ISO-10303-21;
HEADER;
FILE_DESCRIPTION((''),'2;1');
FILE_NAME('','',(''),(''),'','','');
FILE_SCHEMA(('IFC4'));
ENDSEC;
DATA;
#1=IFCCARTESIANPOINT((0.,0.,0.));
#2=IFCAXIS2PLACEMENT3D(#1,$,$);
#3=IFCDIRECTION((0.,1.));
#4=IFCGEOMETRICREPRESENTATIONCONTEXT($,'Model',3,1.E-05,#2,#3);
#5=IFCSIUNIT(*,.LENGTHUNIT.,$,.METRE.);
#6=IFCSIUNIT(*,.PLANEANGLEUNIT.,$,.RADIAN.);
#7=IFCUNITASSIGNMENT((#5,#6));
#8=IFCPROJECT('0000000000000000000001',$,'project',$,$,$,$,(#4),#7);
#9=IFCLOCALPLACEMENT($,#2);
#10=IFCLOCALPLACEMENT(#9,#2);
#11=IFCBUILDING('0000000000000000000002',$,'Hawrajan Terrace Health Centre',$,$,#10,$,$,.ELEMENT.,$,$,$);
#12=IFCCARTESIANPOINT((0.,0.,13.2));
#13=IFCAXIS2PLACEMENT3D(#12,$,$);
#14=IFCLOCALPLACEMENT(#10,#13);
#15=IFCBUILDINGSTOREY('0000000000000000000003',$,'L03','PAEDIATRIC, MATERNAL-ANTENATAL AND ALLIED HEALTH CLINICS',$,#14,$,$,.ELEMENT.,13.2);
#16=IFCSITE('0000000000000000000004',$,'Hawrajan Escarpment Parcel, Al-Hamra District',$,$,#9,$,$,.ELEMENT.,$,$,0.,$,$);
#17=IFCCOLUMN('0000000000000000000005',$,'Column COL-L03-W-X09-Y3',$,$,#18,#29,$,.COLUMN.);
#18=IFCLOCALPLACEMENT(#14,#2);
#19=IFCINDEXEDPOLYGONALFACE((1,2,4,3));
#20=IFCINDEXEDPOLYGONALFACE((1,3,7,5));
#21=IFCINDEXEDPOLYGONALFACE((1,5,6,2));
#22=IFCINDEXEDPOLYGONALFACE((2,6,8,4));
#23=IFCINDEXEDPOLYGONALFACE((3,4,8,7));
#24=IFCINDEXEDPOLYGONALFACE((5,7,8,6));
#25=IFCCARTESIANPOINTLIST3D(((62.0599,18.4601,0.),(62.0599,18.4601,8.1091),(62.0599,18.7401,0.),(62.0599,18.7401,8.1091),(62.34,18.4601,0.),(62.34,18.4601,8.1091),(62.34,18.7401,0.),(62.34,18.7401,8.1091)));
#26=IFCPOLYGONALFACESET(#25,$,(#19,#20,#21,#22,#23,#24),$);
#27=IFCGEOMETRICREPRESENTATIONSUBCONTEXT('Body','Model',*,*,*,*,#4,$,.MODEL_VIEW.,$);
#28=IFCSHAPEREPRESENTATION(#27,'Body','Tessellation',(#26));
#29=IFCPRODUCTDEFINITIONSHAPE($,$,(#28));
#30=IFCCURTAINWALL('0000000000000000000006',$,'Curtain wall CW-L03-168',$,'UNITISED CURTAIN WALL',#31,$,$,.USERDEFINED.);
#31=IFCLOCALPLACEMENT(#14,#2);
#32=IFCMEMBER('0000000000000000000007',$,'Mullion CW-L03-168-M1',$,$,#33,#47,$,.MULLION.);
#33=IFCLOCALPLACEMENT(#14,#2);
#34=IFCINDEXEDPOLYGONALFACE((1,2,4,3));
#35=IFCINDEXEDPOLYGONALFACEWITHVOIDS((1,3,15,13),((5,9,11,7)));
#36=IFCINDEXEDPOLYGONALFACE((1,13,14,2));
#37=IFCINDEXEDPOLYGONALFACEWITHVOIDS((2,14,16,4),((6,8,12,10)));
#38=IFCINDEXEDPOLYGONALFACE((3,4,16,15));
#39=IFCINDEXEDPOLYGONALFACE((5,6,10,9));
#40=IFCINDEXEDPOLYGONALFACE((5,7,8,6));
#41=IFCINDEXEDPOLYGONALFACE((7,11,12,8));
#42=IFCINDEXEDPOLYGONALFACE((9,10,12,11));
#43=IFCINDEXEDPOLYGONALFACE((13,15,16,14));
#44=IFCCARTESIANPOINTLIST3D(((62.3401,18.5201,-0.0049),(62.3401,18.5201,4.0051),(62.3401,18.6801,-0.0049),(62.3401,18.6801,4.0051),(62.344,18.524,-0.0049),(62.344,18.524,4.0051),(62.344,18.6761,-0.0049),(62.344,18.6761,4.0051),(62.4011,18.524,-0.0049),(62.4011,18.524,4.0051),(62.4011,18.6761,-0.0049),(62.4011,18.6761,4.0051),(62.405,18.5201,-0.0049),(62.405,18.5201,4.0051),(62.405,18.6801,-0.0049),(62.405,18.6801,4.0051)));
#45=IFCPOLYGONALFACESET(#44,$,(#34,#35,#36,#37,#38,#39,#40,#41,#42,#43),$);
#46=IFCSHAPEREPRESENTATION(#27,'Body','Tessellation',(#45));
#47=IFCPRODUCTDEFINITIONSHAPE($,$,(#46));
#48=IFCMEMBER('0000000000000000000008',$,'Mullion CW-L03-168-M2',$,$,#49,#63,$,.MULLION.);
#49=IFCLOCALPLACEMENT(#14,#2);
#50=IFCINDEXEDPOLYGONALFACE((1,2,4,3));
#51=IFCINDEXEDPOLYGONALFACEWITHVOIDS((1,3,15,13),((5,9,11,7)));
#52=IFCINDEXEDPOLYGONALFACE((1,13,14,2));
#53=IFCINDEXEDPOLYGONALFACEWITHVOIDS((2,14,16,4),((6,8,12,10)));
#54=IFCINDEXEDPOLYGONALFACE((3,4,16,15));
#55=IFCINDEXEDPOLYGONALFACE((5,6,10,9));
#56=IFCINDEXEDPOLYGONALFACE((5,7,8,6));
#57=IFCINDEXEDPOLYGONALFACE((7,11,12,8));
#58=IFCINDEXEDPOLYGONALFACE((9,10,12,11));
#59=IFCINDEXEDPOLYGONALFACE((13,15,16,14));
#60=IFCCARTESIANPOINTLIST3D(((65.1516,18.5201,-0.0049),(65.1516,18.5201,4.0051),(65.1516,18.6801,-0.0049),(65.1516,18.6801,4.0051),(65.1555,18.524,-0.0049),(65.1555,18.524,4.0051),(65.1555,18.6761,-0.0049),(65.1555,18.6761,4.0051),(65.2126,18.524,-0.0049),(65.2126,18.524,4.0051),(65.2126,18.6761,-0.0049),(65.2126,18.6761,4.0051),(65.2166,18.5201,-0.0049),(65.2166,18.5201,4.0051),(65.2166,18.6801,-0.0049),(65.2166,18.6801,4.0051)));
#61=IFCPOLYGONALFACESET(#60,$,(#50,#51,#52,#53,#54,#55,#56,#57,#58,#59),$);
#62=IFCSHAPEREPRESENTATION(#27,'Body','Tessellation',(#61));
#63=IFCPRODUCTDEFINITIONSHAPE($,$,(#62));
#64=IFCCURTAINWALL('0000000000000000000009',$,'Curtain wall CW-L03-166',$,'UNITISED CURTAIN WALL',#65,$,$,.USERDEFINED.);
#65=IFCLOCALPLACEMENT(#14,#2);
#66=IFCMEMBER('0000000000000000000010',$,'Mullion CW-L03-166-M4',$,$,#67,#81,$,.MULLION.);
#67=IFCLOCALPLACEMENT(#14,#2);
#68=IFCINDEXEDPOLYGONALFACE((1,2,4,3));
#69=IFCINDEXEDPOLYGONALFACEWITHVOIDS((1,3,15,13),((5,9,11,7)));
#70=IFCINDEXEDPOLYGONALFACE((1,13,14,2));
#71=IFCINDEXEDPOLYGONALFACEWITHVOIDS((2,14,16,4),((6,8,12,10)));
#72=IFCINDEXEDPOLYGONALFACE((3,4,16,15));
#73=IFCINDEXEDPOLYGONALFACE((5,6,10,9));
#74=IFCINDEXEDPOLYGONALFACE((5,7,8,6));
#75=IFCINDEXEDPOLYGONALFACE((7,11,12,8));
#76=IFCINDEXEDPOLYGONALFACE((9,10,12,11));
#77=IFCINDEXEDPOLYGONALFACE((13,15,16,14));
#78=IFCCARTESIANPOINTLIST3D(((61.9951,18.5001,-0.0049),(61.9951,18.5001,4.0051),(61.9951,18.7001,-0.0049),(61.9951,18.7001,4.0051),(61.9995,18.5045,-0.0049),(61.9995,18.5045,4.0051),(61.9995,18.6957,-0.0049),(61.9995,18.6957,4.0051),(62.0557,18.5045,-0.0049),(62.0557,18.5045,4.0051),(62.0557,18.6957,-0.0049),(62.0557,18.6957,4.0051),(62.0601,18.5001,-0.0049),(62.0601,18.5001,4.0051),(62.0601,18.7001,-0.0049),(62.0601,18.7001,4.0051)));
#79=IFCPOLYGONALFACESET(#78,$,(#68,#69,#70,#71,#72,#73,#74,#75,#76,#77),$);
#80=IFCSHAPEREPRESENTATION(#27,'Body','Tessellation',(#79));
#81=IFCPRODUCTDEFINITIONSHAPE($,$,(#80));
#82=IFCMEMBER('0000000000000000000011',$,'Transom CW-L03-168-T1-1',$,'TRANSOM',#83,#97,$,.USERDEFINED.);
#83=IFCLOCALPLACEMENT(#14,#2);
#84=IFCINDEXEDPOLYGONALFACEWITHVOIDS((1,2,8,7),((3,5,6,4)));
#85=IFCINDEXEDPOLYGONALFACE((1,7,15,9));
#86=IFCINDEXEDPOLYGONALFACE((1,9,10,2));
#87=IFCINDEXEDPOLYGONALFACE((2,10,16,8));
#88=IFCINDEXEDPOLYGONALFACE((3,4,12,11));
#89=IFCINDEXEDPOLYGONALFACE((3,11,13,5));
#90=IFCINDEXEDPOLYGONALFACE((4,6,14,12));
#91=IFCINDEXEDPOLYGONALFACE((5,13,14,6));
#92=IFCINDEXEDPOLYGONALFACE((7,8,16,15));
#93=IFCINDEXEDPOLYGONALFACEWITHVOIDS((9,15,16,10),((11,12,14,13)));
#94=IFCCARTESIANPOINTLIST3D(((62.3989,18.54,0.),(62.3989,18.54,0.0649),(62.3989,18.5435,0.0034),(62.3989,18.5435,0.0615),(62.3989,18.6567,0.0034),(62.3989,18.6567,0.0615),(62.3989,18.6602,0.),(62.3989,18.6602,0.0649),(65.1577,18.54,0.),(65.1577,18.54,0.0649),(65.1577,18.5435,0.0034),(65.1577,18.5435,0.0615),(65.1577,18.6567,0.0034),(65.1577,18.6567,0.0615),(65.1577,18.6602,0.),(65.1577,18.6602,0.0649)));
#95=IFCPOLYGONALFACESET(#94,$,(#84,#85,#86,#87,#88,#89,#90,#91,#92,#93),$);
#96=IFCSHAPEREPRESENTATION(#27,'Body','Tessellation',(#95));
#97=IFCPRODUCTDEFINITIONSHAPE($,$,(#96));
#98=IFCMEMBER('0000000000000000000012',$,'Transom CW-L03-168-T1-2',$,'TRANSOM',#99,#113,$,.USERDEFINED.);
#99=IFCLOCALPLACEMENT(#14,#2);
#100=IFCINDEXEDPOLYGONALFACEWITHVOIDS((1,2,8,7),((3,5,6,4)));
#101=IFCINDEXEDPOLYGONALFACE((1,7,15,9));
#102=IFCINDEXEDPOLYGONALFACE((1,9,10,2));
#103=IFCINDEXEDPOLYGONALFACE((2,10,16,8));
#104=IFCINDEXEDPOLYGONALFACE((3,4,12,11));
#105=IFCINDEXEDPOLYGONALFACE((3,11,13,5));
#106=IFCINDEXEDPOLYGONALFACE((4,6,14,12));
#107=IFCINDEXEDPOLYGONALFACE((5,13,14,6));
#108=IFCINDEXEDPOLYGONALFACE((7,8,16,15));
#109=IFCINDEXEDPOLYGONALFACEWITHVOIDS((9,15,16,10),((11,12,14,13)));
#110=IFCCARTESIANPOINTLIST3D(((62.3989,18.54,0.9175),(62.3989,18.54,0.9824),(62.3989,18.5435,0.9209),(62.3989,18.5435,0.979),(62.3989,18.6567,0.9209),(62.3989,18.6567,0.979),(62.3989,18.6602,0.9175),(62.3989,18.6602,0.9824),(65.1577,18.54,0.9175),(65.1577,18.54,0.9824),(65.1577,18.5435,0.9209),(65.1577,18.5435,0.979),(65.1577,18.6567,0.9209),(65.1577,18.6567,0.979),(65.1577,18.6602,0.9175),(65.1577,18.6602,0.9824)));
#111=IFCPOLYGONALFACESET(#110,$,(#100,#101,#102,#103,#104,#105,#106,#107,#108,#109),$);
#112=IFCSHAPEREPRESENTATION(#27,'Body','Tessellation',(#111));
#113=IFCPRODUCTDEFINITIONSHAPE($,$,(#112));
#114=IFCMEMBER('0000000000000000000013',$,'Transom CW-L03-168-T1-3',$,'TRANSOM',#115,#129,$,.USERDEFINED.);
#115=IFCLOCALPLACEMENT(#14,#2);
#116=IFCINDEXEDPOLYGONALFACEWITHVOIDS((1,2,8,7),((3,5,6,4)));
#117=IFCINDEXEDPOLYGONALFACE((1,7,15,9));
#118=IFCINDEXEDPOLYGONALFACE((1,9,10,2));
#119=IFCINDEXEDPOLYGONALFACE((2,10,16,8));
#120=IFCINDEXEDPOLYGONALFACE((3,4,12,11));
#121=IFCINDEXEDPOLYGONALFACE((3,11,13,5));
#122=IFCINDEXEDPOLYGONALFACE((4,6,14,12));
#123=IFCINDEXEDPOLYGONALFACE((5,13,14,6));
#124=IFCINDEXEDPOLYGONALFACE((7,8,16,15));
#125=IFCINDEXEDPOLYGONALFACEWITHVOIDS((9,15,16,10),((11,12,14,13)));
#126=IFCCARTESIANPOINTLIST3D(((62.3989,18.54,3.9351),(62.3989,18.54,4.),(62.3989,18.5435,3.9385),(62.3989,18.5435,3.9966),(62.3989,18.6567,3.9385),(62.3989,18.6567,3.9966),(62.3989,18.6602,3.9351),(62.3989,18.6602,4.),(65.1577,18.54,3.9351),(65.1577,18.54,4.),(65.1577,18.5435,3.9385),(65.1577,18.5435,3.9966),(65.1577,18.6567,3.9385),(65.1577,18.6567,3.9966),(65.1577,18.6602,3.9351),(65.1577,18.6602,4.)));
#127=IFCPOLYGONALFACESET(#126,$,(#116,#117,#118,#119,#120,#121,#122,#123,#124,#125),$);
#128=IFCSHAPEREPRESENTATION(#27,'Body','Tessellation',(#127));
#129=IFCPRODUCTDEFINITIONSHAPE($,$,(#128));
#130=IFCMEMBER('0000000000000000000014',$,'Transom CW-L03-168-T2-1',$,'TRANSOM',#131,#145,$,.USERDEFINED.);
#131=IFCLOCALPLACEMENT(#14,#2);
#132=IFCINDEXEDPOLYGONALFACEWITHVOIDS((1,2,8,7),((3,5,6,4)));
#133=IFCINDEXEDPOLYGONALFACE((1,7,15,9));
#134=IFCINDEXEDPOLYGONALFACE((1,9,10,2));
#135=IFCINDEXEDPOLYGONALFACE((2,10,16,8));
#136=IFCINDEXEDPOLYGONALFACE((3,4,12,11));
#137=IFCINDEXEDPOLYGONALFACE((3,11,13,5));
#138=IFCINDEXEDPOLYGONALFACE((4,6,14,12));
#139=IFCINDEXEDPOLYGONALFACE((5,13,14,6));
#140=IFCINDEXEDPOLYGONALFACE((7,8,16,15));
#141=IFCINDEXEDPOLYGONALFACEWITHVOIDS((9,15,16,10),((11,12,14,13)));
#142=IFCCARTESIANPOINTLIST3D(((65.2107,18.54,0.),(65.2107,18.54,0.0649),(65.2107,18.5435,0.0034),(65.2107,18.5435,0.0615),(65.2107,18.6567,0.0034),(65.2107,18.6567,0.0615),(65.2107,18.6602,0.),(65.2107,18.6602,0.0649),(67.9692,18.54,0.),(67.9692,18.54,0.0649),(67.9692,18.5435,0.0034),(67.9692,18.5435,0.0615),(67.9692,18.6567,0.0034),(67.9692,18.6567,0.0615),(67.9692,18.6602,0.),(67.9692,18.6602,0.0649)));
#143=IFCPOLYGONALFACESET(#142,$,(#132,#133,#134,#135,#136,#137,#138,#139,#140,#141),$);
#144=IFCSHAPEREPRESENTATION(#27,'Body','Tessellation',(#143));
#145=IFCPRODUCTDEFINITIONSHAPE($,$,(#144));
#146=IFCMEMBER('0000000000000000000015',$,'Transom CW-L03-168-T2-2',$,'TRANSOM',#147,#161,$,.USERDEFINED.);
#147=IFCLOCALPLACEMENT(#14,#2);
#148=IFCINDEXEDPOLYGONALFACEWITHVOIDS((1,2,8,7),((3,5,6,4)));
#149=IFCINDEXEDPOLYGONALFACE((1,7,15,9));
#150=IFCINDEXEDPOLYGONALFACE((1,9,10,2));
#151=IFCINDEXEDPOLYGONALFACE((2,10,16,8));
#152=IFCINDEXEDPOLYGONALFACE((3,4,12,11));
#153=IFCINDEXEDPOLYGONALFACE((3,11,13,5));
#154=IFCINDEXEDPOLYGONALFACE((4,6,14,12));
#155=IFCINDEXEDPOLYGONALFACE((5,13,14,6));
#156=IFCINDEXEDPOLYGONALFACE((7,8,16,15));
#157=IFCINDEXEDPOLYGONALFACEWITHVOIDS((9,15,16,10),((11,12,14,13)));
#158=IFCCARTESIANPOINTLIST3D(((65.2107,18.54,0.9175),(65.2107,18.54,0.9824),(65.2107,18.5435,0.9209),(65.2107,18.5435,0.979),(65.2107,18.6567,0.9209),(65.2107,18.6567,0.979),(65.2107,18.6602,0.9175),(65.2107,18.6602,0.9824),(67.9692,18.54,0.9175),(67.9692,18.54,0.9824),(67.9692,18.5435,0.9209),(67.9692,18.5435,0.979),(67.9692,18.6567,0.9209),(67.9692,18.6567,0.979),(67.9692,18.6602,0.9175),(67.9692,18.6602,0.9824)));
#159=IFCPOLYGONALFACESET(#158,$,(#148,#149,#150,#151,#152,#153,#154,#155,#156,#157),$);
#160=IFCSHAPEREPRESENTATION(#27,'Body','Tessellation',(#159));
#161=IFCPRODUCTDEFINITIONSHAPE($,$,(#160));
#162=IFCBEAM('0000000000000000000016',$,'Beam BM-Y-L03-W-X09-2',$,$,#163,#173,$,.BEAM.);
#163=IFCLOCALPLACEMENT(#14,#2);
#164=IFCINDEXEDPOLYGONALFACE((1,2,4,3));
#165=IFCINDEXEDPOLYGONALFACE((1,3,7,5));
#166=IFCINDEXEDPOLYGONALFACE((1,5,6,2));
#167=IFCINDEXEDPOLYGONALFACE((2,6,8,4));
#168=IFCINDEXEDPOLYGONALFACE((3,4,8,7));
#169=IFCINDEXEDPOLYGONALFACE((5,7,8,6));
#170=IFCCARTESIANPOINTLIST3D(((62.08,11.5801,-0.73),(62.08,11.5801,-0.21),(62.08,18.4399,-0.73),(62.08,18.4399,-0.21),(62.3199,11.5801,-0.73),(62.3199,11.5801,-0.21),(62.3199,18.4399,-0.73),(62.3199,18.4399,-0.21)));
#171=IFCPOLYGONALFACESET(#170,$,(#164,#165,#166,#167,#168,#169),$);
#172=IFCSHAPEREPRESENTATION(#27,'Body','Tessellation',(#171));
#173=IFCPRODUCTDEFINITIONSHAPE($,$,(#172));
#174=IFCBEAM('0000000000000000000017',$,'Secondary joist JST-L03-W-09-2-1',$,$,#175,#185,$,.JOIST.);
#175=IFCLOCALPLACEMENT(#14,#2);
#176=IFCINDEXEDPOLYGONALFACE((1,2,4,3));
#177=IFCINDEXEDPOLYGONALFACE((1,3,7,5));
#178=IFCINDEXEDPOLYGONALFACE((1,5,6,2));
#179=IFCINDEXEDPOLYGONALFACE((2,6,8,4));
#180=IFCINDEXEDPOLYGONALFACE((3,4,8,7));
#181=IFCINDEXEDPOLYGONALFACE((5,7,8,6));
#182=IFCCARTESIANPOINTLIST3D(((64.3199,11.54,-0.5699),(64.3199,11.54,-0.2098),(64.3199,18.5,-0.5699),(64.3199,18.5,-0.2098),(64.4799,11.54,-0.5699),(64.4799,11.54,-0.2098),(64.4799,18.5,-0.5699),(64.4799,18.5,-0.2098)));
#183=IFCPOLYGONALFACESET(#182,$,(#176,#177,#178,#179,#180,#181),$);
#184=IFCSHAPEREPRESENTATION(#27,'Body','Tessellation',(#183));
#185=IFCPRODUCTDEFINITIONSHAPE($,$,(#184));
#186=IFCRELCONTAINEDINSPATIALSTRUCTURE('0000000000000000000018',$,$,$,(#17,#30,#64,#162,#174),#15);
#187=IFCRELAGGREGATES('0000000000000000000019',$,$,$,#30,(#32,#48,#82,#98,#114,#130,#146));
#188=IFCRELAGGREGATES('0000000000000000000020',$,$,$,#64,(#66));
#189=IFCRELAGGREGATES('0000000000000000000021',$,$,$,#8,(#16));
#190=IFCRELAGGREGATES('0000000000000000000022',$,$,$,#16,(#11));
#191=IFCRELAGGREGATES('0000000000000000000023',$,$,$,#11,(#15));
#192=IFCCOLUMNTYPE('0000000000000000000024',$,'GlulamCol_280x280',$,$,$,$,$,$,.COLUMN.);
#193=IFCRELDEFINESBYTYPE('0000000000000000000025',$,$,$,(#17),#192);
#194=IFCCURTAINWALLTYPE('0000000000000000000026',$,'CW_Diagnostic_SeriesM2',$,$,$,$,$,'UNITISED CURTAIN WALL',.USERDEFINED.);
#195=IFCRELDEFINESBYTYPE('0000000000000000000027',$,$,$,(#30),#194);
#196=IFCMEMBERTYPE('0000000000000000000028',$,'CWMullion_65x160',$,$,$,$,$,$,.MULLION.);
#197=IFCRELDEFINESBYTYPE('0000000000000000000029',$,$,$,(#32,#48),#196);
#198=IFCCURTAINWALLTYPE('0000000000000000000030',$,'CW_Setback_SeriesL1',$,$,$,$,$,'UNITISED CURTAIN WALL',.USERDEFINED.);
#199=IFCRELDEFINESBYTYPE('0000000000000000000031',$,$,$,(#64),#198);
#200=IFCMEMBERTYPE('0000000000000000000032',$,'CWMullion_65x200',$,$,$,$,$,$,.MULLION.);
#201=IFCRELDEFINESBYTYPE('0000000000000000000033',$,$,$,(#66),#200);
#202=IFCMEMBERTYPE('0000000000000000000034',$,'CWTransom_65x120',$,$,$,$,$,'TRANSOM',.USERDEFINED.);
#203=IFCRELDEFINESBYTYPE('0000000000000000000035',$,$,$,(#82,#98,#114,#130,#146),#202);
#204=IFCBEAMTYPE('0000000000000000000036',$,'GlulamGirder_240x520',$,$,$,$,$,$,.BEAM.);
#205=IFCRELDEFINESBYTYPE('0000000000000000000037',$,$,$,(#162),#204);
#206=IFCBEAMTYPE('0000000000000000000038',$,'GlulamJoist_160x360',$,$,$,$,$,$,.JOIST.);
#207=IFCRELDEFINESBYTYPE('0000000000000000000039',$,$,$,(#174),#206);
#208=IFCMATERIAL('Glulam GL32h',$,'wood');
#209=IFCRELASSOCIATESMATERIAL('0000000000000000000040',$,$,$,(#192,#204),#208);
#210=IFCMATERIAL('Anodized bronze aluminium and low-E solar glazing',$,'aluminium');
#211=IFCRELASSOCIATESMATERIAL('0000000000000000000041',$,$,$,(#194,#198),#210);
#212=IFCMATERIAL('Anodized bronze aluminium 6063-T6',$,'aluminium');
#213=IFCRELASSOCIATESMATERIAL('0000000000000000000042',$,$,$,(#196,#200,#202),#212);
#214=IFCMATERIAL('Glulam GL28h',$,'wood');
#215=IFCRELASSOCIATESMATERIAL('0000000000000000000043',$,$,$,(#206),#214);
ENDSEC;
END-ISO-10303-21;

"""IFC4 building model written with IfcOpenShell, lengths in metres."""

from ifc_helpers import new_model, si_unit, direction, frame, origin, origin_2d, place, context, subcontext, project, spatial, rectangle, hollow_rectangle, extrude, material, material_profile, profile_set, type_object, element, aggregate, save


model = new_model("IFC4")

# Units and contexts
model_context = context("Model", 3, precision=1e-05, world=origin(), true_north=direction((0.0, 1.0)))
body_context = subcontext(model_context, "Body", "Model", "MODEL_VIEW")
ifc_project = project(units=[si_unit("LENGTHUNIT", "METRE"), si_unit("PLANEANGLEUNIT", "RADIAN")], contexts=[model_context])

# Site, building, storey
site_placement = place(None, origin())
site = spatial("IfcSite", under=ifc_project, at=site_placement, Name="Hawrajan Escarpment Parcel, Al-Hamra District", CompositionType="ELEMENT", RefElevation=0.0)
building_placement = place(site_placement, origin())
building = spatial("IfcBuilding", under=site, at=building_placement, Name="Hawrajan Terrace Health Centre", CompositionType="ELEMENT")
storey_placement = place(building_placement, frame((0.0, 0.0, 13.2)))
storey = spatial("IfcBuildingStorey", under=building, at=storey_placement, Name="L03", Description="PAEDIATRIC, MATERNAL-ANTENATAL AND ALLIED HEALTH CLINICS", CompositionType="ELEMENT", Elevation=13.2)

# Column
ifc_material_1 = material(Name="Glulam GL32h", Category="wood")
ifc_material_profile_1 = material_profile(ifc_material_1, rectangle(XDim=0.28, YDim=0.28, at=origin_2d()), Name="GL 280x280")
ifc_profile_set_1 = profile_set([ifc_material_profile_1], Name="Glulam GL32h")
column_type = type_object("IfcColumnType", Name="GlulamCol_280x280", PredefinedType="COLUMN", material=ifc_profile_set_1)
column_placement = place(storey_placement, frame((62.2, 18.6001, 0.0), z_axis=(0.0, 0.0, 1.0), x_axis=(1.0, 0.0, 0.0)))
element("IfcColumn", 1, at=column_placement, inside=storey, type_object=column_type, Name="Column COL-L03-W-X09-Y3", PredefinedType="COLUMN", context=body_context, shape_type="SweptSolid", body=[
    extrude(rectangle(XDim=0.28, YDim=0.28, at=origin_2d()), origin(), (0.0, 0.0, 1.0), 8.1091),
])

# Curtain wall, members
ifc_material_2 = material(Name="Anodized bronze aluminium and low-E solar glazing", Category="aluminium")
curtain_wall_type_1 = type_object("IfcCurtainWallType", Name="CW_Diagnostic_SeriesM2", ElementType="UNITISED CURTAIN WALL", PredefinedType="USERDEFINED", material=ifc_material_2)
curtain_wall_1_placement = place(storey_placement, origin())
curtain_wall_1 = element("IfcCurtainWall", 2, at=curtain_wall_1_placement, inside=storey, type_object=curtain_wall_type_1, Name="Curtain wall CW-L03-168", ObjectType="UNITISED CURTAIN WALL", PredefinedType="USERDEFINED")
ifc_material_3 = material(Name="Anodized bronze aluminium 6063-T6", Category="aluminium")
ifc_material_profile_2 = material_profile(ifc_material_3, hollow_rectangle(XDim=0.0649, YDim=0.1599, WallThickness=0.0039, at=origin_2d()), Name="CW MUL 65x160")
ifc_profile_set_2 = profile_set([ifc_material_profile_2], Name="Anodized bronze aluminium 6063-T6")
member_type_1 = type_object("IfcMemberType", Name="CWMullion_65x160", PredefinedType="MULLION", material=ifc_profile_set_2)
member_1_placement = place(storey_placement, frame((62.3726, 18.6001, -0.0049), z_axis=(0.0, 0.0, 1.0), x_axis=(1.0, 0.0, 0.0)))
member_1 = element("IfcMember", 3, at=member_1_placement, type_object=member_type_1, Name="Mullion CW-L03-168-M1", PredefinedType="MULLION", context=body_context, shape_type="SweptSolid", body=[
    extrude(hollow_rectangle(XDim=0.0649, YDim=0.1599, WallThickness=0.0039, at=origin_2d()), origin(), (0.0, 0.0, 1.0), 4.01),
])
member_2_placement = place(storey_placement, frame((65.1841, 18.6001, -0.0049), z_axis=(0.0, 0.0, 1.0), x_axis=(1.0, 0.0, 0.0)))
member_2 = element("IfcMember", 4, at=member_2_placement, type_object=member_type_1, Name="Mullion CW-L03-168-M2", PredefinedType="MULLION", context=body_context, shape_type="SweptSolid", body=[
    extrude(hollow_rectangle(XDim=0.0649, YDim=0.1599, WallThickness=0.0039, at=origin_2d()), origin(), (0.0, 0.0, 1.0), 4.01),
])

# Curtain wall, member
curtain_wall_type_2 = type_object("IfcCurtainWallType", Name="CW_Setback_SeriesL1", ElementType="UNITISED CURTAIN WALL", PredefinedType="USERDEFINED", material=ifc_material_2)
curtain_wall_2_placement = place(storey_placement, origin())
curtain_wall_2 = element("IfcCurtainWall", 5, at=curtain_wall_2_placement, inside=storey, type_object=curtain_wall_type_2, Name="Curtain wall CW-L03-166", ObjectType="UNITISED CURTAIN WALL", PredefinedType="USERDEFINED")
ifc_material_profile_3 = material_profile(ifc_material_3, hollow_rectangle(XDim=0.0649, YDim=0.2, WallThickness=0.0044, at=origin_2d()), Name="CW MUL 65x200")
ifc_profile_set_3 = profile_set([ifc_material_profile_3], Name="Anodized bronze aluminium 6063-T6")
member_type_2 = type_object("IfcMemberType", Name="CWMullion_65x200", PredefinedType="MULLION", material=ifc_profile_set_3)
member_3_placement = place(storey_placement, frame((62.0276, 18.6001, -0.0049), z_axis=(0.0, 0.0, 1.0), x_axis=(1.0, 0.0, 0.0)))
member_3 = element("IfcMember", 6, at=member_3_placement, type_object=member_type_2, Name="Mullion CW-L03-166-M4", PredefinedType="MULLION", context=body_context, shape_type="SweptSolid", body=[
    extrude(hollow_rectangle(XDim=0.0649, YDim=0.2, WallThickness=0.0044, at=origin_2d()), origin(), (0.0, 0.0, 1.0), 4.01),
])

# Members
ifc_material_profile_4 = material_profile(ifc_material_3, hollow_rectangle(XDim=0.0649, YDim=0.1201, WallThickness=0.0034, at=origin_2d()), Name="CW TRN 65x120")
ifc_profile_set_4 = profile_set([ifc_material_profile_4], Name="Anodized bronze aluminium 6063-T6")
member_type_3 = type_object("IfcMemberType", Name="CWTransom_65x120", ElementType="TRANSOM", PredefinedType="USERDEFINED", material=ifc_profile_set_4)
member_4_placement = place(storey_placement, frame((62.3989, 18.6001, 0.0325), z_axis=(1.0, 0.0, 0.0), x_axis=(0.0, 0.0, 1.0)))
member_4 = element("IfcMember", 7, at=member_4_placement, type_object=member_type_3, Name="Transom CW-L03-168-T1-1", ObjectType="TRANSOM", PredefinedType="USERDEFINED", context=body_context, shape_type="SweptSolid", body=[
    extrude(hollow_rectangle(XDim=0.0649, YDim=0.1201, WallThickness=0.0034, at=origin_2d()), origin(), (0.0, 0.0, 1.0), 2.7588),
])
member_5_placement = place(storey_placement, frame((62.3989, 18.6001, 0.95), z_axis=(1.0, 0.0, 0.0), x_axis=(0.0, 0.0, 1.0)))
member_5 = element("IfcMember", 8, at=member_5_placement, type_object=member_type_3, Name="Transom CW-L03-168-T1-2", ObjectType="TRANSOM", PredefinedType="USERDEFINED", context=body_context, shape_type="SweptSolid", body=[
    extrude(hollow_rectangle(XDim=0.0649, YDim=0.1201, WallThickness=0.0034, at=origin_2d()), origin(), (0.0, 0.0, 1.0), 2.7588),
])
member_6_placement = place(storey_placement, frame((62.3989, 18.6001, 3.9675), z_axis=(1.0, 0.0, 0.0), x_axis=(0.0, 0.0, 1.0)))
member_6 = element("IfcMember", 9, at=member_6_placement, type_object=member_type_3, Name="Transom CW-L03-168-T1-3", ObjectType="TRANSOM", PredefinedType="USERDEFINED", context=body_context, shape_type="SweptSolid", body=[
    extrude(hollow_rectangle(XDim=0.0649, YDim=0.1201, WallThickness=0.0034, at=origin_2d()), origin(), (0.0, 0.0, 1.0), 2.7588),
])
member_7_placement = place(storey_placement, frame((65.2107, 18.6001, 0.0325), z_axis=(1.0, 0.0, 0.0), x_axis=(0.0, 0.0, 1.0)))
member_7 = element("IfcMember", 10, at=member_7_placement, type_object=member_type_3, Name="Transom CW-L03-168-T2-1", ObjectType="TRANSOM", PredefinedType="USERDEFINED", context=body_context, shape_type="SweptSolid", body=[
    extrude(hollow_rectangle(XDim=0.0649, YDim=0.1201, WallThickness=0.0034, at=origin_2d()), origin(), (0.0, 0.0, 1.0), 2.7585),
])
member_8_placement = place(storey_placement, frame((65.2107, 18.6001, 0.95), z_axis=(1.0, 0.0, 0.0), x_axis=(0.0, 0.0, 1.0)))
member_8 = element("IfcMember", 11, at=member_8_placement, type_object=member_type_3, Name="Transom CW-L03-168-T2-2", ObjectType="TRANSOM", PredefinedType="USERDEFINED", context=body_context, shape_type="SweptSolid", body=[
    extrude(hollow_rectangle(XDim=0.0649, YDim=0.1201, WallThickness=0.0034, at=origin_2d()), origin(), (0.0, 0.0, 1.0), 2.7585),
])

# Beams
ifc_material_profile_5 = material_profile(ifc_material_1, rectangle(XDim=0.24, YDim=0.52, at=origin_2d()), Name="GL BM 240x520")
ifc_profile_set_5 = profile_set([ifc_material_profile_5], Name="Glulam GL32h")
beam_type_1 = type_object("IfcBeamType", Name="GlulamGirder_240x520", PredefinedType="BEAM", material=ifc_profile_set_5)
beam_1_placement = place(storey_placement, frame((62.2, 11.5801, -0.47), z_axis=(0.0, 1.0, 0.0), x_axis=(-1.0, 0.0, 0.0)))
element("IfcBeam", 12, at=beam_1_placement, inside=storey, type_object=beam_type_1, Name="Beam BM-Y-L03-W-X09-2", PredefinedType="BEAM", context=body_context, shape_type="SweptSolid", body=[
    extrude(rectangle(XDim=0.24, YDim=0.52, at=origin_2d()), origin(), (0.0, 0.0, 1.0), 6.8599),
])
ifc_material_4 = material(Name="Glulam GL28h", Category="wood")
ifc_material_profile_6 = material_profile(ifc_material_4, rectangle(XDim=0.1599, YDim=0.3601, at=origin_2d()), Name="GL JST 160x360")
ifc_profile_set_6 = profile_set([ifc_material_profile_6], Name="Glulam GL28h")
beam_type_2 = type_object("IfcBeamType", Name="GlulamJoist_160x360", PredefinedType="JOIST", material=ifc_profile_set_6)
beam_2_placement = place(storey_placement, frame((64.3999, 11.54, -0.3899), z_axis=(0.0, 1.0, 0.0), x_axis=(-1.0, 0.0, 0.0)))
element("IfcBeam", 13, at=beam_2_placement, inside=storey, type_object=beam_type_2, Name="Secondary joist JST-L03-W-09-2-1", PredefinedType="JOIST", context=body_context, shape_type="SweptSolid", body=[
    extrude(rectangle(XDim=0.1599, YDim=0.3601, at=origin_2d()), origin(), (0.0, 0.0, 1.0), 6.96),
])

aggregate(curtain_wall_1, [member_1, member_2, member_4, member_5, member_6, member_7, member_8])
aggregate(curtain_wall_2, [member_3])

save(model, "model.ifc")
